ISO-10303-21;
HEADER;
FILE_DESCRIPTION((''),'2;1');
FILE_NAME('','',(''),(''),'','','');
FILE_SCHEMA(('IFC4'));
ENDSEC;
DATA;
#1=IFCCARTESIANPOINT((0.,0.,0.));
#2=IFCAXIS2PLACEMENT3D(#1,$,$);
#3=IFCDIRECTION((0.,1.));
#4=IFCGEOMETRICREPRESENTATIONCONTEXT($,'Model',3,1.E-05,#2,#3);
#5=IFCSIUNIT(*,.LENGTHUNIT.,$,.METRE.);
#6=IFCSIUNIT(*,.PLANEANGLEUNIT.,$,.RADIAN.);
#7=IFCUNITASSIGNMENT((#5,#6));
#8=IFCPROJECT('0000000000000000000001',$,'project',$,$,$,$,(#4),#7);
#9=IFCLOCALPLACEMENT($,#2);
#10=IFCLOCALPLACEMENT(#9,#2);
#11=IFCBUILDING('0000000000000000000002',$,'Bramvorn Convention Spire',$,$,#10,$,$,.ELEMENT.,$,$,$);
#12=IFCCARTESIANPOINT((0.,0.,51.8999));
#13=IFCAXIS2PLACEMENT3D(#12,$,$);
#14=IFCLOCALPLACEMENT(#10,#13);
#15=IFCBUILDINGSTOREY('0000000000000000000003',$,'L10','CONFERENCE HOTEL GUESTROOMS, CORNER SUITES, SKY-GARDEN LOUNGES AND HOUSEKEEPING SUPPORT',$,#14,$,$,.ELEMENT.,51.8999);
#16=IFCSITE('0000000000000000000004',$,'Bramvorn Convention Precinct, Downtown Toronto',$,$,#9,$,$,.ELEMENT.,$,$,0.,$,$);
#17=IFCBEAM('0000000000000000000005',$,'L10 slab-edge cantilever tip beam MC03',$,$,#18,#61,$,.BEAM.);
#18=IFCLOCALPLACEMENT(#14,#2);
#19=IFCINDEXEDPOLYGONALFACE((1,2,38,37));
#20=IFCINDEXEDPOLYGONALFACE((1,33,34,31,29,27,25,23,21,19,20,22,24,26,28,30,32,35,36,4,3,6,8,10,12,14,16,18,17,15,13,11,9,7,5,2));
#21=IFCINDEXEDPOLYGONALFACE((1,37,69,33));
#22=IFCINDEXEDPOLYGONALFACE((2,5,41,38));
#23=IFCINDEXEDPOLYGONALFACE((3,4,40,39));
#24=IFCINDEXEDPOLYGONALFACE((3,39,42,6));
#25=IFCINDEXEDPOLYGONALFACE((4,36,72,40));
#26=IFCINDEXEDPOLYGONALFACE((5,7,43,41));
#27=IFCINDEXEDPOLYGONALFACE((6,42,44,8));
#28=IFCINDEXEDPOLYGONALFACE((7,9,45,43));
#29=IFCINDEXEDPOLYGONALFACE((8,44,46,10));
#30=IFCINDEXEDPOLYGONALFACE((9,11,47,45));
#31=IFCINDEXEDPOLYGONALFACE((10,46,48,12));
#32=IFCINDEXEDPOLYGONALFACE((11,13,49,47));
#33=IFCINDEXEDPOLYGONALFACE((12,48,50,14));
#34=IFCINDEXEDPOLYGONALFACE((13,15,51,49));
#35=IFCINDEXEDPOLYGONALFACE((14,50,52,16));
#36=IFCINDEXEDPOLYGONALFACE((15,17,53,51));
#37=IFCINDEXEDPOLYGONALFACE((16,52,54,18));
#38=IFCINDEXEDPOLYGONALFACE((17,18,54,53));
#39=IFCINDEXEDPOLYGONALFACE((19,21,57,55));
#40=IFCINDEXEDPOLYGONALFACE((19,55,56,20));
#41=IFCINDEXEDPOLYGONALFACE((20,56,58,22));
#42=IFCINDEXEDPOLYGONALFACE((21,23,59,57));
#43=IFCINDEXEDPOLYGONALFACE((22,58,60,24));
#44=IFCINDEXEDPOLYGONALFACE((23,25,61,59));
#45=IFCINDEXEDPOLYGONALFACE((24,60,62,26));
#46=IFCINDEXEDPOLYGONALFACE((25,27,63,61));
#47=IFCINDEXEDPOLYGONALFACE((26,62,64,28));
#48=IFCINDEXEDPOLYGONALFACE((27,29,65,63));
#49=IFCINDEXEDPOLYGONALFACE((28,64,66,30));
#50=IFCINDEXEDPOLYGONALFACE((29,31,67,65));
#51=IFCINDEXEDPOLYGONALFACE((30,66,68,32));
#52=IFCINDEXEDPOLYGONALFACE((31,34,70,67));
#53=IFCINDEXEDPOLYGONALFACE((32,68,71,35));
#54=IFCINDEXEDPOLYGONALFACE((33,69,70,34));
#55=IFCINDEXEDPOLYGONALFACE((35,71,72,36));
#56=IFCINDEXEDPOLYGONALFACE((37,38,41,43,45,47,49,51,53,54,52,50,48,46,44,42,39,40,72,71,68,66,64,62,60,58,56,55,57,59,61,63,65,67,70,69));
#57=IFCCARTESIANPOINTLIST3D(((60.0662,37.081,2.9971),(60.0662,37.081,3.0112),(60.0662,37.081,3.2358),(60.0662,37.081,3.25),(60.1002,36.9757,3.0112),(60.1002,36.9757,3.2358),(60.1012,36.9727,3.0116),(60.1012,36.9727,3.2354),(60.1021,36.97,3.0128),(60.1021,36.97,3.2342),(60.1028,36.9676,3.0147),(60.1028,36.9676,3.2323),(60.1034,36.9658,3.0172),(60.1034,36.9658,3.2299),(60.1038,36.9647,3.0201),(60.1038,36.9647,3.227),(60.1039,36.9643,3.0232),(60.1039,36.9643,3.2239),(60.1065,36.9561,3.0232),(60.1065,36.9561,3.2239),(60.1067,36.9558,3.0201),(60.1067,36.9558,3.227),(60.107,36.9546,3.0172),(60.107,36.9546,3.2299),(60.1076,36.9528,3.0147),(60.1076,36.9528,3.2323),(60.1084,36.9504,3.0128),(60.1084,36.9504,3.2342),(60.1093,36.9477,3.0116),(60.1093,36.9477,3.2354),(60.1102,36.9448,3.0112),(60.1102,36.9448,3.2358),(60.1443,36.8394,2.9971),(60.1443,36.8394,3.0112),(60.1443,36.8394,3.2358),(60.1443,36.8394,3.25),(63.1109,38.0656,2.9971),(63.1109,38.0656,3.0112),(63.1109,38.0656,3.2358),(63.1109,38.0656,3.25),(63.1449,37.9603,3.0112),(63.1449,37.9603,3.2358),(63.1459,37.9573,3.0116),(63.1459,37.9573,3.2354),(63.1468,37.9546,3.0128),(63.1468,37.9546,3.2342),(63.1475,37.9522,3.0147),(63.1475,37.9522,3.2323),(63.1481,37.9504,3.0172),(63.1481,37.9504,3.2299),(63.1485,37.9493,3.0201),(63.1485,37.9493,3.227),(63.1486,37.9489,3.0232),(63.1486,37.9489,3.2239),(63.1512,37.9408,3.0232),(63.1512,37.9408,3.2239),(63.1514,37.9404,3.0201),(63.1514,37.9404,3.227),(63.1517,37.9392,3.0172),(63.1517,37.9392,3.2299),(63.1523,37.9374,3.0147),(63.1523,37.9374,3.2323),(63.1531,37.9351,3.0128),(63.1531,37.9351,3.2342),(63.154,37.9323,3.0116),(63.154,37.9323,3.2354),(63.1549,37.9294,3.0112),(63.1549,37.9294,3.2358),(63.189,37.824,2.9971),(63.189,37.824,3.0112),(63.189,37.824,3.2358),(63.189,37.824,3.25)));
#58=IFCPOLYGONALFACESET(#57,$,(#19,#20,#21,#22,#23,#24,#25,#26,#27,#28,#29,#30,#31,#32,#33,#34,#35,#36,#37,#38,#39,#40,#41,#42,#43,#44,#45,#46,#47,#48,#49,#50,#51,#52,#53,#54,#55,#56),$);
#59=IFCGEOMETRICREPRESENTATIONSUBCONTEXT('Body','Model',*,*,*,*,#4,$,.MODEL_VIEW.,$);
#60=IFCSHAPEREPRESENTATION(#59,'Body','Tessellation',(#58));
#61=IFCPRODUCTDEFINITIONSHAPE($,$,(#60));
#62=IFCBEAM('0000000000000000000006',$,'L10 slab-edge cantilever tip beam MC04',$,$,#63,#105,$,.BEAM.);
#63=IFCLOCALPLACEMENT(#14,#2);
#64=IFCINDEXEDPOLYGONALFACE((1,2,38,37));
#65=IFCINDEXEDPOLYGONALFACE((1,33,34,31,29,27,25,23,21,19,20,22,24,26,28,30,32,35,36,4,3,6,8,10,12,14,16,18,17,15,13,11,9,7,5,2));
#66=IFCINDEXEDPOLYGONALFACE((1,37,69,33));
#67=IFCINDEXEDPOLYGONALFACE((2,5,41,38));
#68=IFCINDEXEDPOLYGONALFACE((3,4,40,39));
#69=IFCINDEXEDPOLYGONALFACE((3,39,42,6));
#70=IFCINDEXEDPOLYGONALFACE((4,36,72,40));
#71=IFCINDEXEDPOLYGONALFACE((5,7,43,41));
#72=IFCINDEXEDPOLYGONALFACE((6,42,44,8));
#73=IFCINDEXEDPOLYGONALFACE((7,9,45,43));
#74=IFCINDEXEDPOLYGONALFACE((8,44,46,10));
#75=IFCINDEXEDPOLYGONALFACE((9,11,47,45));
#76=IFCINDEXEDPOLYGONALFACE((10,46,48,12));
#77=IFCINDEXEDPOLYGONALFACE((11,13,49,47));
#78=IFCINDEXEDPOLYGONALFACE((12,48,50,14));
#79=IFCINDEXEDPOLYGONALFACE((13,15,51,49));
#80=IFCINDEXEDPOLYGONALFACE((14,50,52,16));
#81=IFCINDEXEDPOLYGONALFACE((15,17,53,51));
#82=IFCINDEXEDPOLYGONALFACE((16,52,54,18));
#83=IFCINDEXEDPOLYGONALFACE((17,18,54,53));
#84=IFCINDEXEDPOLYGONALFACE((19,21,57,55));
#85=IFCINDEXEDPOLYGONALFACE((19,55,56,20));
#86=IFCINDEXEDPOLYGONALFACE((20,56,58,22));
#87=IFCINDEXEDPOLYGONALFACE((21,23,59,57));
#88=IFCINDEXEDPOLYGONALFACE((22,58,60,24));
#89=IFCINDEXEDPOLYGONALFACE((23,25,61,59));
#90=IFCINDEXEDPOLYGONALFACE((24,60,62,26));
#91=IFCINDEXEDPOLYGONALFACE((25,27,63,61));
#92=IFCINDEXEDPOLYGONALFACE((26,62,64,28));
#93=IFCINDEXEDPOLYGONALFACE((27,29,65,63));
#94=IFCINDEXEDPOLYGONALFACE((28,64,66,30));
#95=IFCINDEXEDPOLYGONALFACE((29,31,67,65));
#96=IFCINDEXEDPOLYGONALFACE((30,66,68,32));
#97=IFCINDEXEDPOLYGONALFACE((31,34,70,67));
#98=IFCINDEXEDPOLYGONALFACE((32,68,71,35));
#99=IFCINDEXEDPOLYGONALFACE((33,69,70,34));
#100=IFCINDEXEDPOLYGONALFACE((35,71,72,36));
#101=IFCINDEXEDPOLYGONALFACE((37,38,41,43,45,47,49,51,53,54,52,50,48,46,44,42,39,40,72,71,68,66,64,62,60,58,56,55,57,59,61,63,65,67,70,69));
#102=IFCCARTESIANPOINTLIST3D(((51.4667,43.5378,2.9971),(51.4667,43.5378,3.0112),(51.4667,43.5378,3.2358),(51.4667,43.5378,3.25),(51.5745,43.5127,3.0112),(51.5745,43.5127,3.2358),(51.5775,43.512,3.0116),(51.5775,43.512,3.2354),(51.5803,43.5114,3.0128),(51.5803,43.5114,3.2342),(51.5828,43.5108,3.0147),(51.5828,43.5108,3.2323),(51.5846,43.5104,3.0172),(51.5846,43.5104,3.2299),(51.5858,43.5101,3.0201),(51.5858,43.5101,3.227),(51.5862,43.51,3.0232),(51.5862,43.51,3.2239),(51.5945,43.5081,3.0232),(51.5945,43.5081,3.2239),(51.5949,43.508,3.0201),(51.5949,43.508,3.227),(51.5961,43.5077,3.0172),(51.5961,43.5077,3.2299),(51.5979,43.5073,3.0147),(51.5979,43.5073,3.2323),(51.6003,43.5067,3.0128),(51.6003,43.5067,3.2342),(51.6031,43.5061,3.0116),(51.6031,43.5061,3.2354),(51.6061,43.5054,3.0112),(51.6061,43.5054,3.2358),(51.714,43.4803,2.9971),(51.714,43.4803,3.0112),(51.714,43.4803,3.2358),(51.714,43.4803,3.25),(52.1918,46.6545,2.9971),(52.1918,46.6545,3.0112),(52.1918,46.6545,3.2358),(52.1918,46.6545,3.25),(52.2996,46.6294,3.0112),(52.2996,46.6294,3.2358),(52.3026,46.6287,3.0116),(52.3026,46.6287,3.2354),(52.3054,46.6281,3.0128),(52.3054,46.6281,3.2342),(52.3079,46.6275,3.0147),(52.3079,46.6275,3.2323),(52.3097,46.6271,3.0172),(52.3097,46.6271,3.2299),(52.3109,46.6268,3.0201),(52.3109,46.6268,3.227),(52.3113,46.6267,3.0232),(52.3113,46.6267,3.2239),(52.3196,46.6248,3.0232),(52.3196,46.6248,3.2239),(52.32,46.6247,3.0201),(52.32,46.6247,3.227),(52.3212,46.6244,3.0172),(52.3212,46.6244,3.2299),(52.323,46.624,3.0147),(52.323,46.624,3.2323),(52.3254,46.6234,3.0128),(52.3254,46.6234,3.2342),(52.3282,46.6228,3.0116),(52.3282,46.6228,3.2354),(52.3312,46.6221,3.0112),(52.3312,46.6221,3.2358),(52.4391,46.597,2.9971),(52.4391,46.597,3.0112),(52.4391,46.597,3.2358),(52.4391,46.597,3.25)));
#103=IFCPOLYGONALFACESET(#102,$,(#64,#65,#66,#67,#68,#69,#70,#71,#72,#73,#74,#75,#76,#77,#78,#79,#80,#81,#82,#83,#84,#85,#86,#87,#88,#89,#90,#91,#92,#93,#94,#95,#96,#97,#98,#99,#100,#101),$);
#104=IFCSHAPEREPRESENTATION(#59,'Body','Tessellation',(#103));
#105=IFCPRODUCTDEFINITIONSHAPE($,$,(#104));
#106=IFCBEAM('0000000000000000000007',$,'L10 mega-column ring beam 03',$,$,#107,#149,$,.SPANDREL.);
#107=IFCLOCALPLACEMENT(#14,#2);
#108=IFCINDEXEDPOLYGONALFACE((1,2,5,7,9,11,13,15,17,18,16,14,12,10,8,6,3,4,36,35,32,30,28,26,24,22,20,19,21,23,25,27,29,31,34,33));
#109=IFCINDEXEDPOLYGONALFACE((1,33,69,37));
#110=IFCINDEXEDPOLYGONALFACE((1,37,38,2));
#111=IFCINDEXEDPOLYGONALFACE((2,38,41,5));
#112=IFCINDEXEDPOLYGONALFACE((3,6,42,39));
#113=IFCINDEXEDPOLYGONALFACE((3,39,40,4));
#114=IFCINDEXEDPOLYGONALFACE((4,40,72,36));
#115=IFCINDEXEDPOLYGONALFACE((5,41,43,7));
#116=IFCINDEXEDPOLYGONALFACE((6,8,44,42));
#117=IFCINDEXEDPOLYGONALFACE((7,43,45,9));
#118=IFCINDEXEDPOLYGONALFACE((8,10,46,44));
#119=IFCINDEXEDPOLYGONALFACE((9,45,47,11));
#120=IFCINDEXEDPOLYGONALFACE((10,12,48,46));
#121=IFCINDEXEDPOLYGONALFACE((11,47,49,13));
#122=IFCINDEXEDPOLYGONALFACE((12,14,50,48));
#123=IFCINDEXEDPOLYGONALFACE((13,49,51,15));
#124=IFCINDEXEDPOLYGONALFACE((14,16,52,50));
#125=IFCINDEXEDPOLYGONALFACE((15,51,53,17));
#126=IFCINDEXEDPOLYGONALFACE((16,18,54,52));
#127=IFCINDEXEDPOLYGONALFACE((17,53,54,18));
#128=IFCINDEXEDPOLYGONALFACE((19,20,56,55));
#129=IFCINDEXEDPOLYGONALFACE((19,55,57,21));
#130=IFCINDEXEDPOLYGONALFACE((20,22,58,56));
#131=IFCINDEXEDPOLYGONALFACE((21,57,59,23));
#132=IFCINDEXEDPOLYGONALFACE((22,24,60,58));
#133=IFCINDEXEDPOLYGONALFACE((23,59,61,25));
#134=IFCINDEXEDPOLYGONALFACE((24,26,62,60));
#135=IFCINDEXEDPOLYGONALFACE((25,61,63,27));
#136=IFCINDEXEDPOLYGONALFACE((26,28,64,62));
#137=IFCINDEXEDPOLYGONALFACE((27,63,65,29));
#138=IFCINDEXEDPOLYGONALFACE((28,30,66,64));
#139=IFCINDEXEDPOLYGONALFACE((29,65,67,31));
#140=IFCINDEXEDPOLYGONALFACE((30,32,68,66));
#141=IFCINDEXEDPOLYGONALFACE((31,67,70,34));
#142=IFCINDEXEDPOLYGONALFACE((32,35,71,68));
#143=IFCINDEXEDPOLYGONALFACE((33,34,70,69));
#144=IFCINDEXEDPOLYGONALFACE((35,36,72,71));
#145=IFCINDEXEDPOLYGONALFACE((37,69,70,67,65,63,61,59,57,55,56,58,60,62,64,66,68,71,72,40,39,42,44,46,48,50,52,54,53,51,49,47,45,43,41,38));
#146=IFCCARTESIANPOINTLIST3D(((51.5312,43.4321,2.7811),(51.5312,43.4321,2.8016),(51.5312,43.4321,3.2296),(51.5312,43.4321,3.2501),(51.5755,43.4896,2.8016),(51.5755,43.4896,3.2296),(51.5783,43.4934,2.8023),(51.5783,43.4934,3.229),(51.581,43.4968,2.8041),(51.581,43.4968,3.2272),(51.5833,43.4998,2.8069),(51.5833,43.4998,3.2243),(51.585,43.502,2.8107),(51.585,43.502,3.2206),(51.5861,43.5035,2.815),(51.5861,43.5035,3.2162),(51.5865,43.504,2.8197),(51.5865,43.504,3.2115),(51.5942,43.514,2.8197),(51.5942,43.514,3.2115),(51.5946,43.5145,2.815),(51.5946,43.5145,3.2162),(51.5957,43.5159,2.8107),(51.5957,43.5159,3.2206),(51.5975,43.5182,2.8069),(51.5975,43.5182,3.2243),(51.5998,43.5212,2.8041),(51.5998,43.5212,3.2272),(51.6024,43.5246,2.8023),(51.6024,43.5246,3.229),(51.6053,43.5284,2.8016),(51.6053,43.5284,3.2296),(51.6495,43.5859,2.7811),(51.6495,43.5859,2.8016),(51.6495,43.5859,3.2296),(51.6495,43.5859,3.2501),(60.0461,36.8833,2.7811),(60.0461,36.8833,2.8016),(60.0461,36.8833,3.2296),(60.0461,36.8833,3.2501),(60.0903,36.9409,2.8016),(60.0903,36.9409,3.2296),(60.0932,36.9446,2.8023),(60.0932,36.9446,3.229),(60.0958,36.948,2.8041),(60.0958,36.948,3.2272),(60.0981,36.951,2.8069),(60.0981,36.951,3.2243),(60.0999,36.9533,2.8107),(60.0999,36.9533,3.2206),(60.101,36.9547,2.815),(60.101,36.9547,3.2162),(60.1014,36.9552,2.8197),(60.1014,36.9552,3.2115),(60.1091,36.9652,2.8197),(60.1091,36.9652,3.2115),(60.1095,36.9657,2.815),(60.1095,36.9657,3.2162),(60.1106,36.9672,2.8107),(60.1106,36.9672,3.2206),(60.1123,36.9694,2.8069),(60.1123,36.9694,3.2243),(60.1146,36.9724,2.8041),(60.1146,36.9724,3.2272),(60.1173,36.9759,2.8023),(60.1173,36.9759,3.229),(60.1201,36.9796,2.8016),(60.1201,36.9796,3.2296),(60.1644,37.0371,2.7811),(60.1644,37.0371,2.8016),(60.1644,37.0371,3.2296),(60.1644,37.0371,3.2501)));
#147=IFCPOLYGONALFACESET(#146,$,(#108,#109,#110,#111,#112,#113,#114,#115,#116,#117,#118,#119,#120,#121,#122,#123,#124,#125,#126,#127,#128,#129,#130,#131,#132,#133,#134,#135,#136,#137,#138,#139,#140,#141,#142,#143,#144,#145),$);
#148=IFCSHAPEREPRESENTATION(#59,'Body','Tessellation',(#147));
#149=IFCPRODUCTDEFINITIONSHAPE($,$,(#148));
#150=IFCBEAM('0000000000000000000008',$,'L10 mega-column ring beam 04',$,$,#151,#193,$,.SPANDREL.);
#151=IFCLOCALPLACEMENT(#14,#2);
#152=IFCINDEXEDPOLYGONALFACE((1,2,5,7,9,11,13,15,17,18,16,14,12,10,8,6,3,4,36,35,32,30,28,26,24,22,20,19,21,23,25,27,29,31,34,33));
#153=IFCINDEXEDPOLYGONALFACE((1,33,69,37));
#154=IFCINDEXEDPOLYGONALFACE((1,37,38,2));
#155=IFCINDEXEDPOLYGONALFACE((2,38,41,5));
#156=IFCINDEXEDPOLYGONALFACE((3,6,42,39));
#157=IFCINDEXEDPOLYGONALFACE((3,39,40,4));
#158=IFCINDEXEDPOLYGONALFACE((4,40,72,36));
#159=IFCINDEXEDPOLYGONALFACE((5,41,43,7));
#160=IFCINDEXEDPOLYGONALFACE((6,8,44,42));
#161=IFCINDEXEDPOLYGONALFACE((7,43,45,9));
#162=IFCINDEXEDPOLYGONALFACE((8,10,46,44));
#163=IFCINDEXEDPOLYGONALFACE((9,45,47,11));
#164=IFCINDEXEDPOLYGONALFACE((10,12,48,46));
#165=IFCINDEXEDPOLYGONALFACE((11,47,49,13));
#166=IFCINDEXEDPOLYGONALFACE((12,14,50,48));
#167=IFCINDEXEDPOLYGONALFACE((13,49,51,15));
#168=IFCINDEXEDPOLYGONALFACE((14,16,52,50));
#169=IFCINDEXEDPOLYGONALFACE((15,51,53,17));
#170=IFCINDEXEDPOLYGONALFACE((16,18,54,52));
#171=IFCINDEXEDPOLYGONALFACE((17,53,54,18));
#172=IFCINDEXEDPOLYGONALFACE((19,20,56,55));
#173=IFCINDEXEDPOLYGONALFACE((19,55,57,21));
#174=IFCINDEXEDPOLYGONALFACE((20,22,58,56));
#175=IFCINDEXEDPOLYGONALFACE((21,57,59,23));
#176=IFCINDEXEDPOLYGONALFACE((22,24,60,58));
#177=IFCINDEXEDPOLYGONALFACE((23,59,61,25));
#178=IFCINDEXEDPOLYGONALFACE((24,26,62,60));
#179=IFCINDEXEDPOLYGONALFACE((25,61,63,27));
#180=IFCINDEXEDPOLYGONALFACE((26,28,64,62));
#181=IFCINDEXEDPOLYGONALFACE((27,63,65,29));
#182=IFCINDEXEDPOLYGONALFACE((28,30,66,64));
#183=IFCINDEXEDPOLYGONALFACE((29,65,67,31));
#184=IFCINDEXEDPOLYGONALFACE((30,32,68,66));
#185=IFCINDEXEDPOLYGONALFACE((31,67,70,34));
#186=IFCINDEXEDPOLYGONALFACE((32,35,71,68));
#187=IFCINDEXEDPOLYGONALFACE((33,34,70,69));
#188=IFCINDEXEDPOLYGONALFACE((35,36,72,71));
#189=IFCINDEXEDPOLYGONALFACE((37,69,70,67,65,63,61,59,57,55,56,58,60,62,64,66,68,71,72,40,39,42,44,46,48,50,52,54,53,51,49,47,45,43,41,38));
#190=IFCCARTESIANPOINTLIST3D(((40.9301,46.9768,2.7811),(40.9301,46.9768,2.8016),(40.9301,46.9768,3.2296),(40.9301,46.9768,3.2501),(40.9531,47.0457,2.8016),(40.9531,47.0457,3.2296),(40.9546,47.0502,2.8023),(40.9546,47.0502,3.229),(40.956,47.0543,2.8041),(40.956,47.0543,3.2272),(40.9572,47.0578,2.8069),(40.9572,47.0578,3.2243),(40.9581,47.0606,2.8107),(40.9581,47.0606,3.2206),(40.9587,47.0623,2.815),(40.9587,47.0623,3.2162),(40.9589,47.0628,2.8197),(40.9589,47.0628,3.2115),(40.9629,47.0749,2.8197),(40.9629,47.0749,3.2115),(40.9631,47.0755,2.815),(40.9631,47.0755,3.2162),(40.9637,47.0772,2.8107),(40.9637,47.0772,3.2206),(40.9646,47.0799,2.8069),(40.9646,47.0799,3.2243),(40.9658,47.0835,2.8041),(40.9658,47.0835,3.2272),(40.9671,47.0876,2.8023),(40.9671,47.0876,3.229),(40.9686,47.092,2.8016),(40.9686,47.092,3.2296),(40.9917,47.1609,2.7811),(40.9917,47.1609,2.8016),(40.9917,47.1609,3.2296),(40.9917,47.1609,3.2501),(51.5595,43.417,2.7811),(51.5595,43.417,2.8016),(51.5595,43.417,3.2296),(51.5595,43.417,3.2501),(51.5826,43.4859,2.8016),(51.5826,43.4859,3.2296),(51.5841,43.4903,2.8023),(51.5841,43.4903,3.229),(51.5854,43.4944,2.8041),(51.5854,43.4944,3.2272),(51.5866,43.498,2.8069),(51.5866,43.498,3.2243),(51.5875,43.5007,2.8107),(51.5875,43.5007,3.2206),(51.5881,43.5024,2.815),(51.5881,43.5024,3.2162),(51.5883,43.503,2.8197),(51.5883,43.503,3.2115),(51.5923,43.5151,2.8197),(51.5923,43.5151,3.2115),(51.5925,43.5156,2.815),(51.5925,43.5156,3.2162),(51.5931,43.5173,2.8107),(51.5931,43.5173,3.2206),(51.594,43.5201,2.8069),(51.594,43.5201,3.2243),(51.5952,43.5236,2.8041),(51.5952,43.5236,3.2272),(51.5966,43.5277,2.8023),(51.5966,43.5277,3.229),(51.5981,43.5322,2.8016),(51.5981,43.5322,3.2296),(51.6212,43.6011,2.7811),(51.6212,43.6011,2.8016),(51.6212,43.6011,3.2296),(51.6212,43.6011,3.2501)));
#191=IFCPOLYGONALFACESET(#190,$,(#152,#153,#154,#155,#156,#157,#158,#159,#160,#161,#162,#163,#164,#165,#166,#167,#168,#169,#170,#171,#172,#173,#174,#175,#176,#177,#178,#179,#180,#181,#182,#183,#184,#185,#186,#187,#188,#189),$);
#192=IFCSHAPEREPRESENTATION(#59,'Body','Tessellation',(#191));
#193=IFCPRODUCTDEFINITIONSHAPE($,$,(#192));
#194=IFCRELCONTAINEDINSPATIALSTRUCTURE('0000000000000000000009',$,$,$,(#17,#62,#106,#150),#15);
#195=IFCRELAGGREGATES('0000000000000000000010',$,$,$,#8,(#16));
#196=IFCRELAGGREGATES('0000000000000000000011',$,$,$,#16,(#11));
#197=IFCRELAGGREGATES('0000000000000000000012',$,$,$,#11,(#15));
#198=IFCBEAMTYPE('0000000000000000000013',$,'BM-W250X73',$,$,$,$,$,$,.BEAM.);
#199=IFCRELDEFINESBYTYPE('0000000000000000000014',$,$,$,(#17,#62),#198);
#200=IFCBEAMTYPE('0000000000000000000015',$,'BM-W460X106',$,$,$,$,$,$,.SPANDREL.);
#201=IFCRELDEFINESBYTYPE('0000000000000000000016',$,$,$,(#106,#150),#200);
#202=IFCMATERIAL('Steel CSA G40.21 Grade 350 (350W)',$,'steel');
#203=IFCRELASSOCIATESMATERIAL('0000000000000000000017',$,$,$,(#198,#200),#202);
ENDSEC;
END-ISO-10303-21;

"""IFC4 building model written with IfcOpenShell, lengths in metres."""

from ifc_helpers import new_model, si_unit, direction, frame, origin, origin_2d, place, context, subcontext, project, spatial, i_section, extrude, material, material_profile, profile_set, type_object, element, save


model = new_model("IFC4")

# Units and contexts
model_context = context("Model", 3, precision=1e-05, world=origin(), true_north=direction((0.0, 1.0)))
body_context = subcontext(model_context, "Body", "Model", "MODEL_VIEW")
ifc_project = project(units=[si_unit("LENGTHUNIT", "METRE"), si_unit("PLANEANGLEUNIT", "RADIAN")], contexts=[model_context])

# Site, building, storey
site_placement = place(None, origin())
site = spatial("IfcSite", under=ifc_project, at=site_placement, Name="Bramvorn Convention Precinct, Downtown Toronto", CompositionType="ELEMENT", RefElevation=0.0)
building_placement = place(site_placement, origin())
building = spatial("IfcBuilding", under=site, at=building_placement, Name="Bramvorn Convention Spire", CompositionType="ELEMENT")
storey_placement = place(building_placement, frame((0.0, 0.0, 51.8999)))
storey = spatial("IfcBuildingStorey", under=building, at=storey_placement, Name="L10", Description="CONFERENCE HOTEL GUESTROOMS, CORNER SUITES, SKY-GARDEN LOUNGES AND HOUSEKEEPING SUPPORT", CompositionType="ELEMENT", Elevation=51.8999)

# Shared definitions
ifc_material_1 = material(Name="Steel CSA G40.21 Grade 350 (350W)", Category="steel")

# Beams
ifc_material_profile_1 = material_profile(ifc_material_1, i_section(OverallWidth=0.2539, OverallDepth=0.2529, WebThickness=0.0085, FlangeThickness=0.0142, FilletRadius=0.012, at=origin_2d()))
ifc_profile_set_1 = profile_set([ifc_material_profile_1], Name="Steel CSA G40.21 Grade 350 (350W) - W250X73")
beam_type_1 = type_object("IfcBeamType", Name="BM-W250X73", PredefinedType="BEAM", material=ifc_profile_set_1)
for number, where, z_axis, x_axis, name in (
    (1, (60.1052, 36.9602, 3.1235), (0.951483, 0.3077, 0.0), (-0.3077, 0.951483, 0.0), "L10 slab-edge cantilever tip beam MC03"),
    (2, (51.5903, 43.509, 3.1235), (0.226598, 0.973988, 0.0), (-0.973988, 0.226598, 0.0), "L10 slab-edge cantilever tip beam MC04"),
):
    element("IfcBeam", number, at=place(storey_placement, frame(where, z_axis=z_axis, x_axis=x_axis)), inside=storey, type_object=beam_type_1, Name=name, PredefinedType="BEAM", context=body_context, shape_type="SweptSolid", body=[
        extrude(i_section(OverallWidth=0.2539, OverallDepth=0.2529, WebThickness=0.0085, FlangeThickness=0.0142, FilletRadius=0.012, at=origin_2d()), origin(), (0.0, 0.0, 1.0), 3.2),
    ])
ifc_material_profile_2 = material_profile(ifc_material_1, i_section(OverallWidth=0.1941, OverallDepth=0.469, WebThickness=0.0127, FlangeThickness=0.0205, FilletRadius=0.0181, at=origin_2d()))
ifc_profile_set_2 = profile_set([ifc_material_profile_2], Name="Steel CSA G40.21 Grade 350 (350W) - W460X106")
beam_type_2 = type_object("IfcBeamType", Name="BM-W460X106", PredefinedType="SPANDREL", material=ifc_profile_set_2)
beam_1_placement = place(storey_placement, frame((60.1052, 36.9602, 3.0156), z_axis=(-0.792673, 0.609647, 0.0), x_axis=(-0.609647, -0.792673, 0.0)))
element("IfcBeam", 3, at=beam_1_placement, inside=storey, type_object=beam_type_2, Name="L10 mega-column ring beam 03", PredefinedType="SPANDREL", context=body_context, shape_type="SweptSolid", body=[
    extrude(i_section(OverallWidth=0.1941, OverallDepth=0.469, WebThickness=0.0127, FlangeThickness=0.0205, FilletRadius=0.0181, at=origin_2d()), origin(), (0.0, 0.0, 1.0), 10.7419),
])
beam_2_placement = place(storey_placement, frame((51.5903, 43.509, 3.0156), z_axis=(-0.948236, 0.317567, 0.0), x_axis=(-0.317567, -0.948236, 0.0)))
element("IfcBeam", 4, at=beam_2_placement, inside=storey, type_object=beam_type_2, Name="L10 mega-column ring beam 04", PredefinedType="SPANDREL", context=body_context, shape_type="SweptSolid", body=[
    extrude(i_section(OverallWidth=0.1941, OverallDepth=0.469, WebThickness=0.0127, FlangeThickness=0.0205, FilletRadius=0.0181, at=origin_2d()), origin(), (0.0, 0.0, 1.0), 11.2097),
])

save(model, "model.ifc")
